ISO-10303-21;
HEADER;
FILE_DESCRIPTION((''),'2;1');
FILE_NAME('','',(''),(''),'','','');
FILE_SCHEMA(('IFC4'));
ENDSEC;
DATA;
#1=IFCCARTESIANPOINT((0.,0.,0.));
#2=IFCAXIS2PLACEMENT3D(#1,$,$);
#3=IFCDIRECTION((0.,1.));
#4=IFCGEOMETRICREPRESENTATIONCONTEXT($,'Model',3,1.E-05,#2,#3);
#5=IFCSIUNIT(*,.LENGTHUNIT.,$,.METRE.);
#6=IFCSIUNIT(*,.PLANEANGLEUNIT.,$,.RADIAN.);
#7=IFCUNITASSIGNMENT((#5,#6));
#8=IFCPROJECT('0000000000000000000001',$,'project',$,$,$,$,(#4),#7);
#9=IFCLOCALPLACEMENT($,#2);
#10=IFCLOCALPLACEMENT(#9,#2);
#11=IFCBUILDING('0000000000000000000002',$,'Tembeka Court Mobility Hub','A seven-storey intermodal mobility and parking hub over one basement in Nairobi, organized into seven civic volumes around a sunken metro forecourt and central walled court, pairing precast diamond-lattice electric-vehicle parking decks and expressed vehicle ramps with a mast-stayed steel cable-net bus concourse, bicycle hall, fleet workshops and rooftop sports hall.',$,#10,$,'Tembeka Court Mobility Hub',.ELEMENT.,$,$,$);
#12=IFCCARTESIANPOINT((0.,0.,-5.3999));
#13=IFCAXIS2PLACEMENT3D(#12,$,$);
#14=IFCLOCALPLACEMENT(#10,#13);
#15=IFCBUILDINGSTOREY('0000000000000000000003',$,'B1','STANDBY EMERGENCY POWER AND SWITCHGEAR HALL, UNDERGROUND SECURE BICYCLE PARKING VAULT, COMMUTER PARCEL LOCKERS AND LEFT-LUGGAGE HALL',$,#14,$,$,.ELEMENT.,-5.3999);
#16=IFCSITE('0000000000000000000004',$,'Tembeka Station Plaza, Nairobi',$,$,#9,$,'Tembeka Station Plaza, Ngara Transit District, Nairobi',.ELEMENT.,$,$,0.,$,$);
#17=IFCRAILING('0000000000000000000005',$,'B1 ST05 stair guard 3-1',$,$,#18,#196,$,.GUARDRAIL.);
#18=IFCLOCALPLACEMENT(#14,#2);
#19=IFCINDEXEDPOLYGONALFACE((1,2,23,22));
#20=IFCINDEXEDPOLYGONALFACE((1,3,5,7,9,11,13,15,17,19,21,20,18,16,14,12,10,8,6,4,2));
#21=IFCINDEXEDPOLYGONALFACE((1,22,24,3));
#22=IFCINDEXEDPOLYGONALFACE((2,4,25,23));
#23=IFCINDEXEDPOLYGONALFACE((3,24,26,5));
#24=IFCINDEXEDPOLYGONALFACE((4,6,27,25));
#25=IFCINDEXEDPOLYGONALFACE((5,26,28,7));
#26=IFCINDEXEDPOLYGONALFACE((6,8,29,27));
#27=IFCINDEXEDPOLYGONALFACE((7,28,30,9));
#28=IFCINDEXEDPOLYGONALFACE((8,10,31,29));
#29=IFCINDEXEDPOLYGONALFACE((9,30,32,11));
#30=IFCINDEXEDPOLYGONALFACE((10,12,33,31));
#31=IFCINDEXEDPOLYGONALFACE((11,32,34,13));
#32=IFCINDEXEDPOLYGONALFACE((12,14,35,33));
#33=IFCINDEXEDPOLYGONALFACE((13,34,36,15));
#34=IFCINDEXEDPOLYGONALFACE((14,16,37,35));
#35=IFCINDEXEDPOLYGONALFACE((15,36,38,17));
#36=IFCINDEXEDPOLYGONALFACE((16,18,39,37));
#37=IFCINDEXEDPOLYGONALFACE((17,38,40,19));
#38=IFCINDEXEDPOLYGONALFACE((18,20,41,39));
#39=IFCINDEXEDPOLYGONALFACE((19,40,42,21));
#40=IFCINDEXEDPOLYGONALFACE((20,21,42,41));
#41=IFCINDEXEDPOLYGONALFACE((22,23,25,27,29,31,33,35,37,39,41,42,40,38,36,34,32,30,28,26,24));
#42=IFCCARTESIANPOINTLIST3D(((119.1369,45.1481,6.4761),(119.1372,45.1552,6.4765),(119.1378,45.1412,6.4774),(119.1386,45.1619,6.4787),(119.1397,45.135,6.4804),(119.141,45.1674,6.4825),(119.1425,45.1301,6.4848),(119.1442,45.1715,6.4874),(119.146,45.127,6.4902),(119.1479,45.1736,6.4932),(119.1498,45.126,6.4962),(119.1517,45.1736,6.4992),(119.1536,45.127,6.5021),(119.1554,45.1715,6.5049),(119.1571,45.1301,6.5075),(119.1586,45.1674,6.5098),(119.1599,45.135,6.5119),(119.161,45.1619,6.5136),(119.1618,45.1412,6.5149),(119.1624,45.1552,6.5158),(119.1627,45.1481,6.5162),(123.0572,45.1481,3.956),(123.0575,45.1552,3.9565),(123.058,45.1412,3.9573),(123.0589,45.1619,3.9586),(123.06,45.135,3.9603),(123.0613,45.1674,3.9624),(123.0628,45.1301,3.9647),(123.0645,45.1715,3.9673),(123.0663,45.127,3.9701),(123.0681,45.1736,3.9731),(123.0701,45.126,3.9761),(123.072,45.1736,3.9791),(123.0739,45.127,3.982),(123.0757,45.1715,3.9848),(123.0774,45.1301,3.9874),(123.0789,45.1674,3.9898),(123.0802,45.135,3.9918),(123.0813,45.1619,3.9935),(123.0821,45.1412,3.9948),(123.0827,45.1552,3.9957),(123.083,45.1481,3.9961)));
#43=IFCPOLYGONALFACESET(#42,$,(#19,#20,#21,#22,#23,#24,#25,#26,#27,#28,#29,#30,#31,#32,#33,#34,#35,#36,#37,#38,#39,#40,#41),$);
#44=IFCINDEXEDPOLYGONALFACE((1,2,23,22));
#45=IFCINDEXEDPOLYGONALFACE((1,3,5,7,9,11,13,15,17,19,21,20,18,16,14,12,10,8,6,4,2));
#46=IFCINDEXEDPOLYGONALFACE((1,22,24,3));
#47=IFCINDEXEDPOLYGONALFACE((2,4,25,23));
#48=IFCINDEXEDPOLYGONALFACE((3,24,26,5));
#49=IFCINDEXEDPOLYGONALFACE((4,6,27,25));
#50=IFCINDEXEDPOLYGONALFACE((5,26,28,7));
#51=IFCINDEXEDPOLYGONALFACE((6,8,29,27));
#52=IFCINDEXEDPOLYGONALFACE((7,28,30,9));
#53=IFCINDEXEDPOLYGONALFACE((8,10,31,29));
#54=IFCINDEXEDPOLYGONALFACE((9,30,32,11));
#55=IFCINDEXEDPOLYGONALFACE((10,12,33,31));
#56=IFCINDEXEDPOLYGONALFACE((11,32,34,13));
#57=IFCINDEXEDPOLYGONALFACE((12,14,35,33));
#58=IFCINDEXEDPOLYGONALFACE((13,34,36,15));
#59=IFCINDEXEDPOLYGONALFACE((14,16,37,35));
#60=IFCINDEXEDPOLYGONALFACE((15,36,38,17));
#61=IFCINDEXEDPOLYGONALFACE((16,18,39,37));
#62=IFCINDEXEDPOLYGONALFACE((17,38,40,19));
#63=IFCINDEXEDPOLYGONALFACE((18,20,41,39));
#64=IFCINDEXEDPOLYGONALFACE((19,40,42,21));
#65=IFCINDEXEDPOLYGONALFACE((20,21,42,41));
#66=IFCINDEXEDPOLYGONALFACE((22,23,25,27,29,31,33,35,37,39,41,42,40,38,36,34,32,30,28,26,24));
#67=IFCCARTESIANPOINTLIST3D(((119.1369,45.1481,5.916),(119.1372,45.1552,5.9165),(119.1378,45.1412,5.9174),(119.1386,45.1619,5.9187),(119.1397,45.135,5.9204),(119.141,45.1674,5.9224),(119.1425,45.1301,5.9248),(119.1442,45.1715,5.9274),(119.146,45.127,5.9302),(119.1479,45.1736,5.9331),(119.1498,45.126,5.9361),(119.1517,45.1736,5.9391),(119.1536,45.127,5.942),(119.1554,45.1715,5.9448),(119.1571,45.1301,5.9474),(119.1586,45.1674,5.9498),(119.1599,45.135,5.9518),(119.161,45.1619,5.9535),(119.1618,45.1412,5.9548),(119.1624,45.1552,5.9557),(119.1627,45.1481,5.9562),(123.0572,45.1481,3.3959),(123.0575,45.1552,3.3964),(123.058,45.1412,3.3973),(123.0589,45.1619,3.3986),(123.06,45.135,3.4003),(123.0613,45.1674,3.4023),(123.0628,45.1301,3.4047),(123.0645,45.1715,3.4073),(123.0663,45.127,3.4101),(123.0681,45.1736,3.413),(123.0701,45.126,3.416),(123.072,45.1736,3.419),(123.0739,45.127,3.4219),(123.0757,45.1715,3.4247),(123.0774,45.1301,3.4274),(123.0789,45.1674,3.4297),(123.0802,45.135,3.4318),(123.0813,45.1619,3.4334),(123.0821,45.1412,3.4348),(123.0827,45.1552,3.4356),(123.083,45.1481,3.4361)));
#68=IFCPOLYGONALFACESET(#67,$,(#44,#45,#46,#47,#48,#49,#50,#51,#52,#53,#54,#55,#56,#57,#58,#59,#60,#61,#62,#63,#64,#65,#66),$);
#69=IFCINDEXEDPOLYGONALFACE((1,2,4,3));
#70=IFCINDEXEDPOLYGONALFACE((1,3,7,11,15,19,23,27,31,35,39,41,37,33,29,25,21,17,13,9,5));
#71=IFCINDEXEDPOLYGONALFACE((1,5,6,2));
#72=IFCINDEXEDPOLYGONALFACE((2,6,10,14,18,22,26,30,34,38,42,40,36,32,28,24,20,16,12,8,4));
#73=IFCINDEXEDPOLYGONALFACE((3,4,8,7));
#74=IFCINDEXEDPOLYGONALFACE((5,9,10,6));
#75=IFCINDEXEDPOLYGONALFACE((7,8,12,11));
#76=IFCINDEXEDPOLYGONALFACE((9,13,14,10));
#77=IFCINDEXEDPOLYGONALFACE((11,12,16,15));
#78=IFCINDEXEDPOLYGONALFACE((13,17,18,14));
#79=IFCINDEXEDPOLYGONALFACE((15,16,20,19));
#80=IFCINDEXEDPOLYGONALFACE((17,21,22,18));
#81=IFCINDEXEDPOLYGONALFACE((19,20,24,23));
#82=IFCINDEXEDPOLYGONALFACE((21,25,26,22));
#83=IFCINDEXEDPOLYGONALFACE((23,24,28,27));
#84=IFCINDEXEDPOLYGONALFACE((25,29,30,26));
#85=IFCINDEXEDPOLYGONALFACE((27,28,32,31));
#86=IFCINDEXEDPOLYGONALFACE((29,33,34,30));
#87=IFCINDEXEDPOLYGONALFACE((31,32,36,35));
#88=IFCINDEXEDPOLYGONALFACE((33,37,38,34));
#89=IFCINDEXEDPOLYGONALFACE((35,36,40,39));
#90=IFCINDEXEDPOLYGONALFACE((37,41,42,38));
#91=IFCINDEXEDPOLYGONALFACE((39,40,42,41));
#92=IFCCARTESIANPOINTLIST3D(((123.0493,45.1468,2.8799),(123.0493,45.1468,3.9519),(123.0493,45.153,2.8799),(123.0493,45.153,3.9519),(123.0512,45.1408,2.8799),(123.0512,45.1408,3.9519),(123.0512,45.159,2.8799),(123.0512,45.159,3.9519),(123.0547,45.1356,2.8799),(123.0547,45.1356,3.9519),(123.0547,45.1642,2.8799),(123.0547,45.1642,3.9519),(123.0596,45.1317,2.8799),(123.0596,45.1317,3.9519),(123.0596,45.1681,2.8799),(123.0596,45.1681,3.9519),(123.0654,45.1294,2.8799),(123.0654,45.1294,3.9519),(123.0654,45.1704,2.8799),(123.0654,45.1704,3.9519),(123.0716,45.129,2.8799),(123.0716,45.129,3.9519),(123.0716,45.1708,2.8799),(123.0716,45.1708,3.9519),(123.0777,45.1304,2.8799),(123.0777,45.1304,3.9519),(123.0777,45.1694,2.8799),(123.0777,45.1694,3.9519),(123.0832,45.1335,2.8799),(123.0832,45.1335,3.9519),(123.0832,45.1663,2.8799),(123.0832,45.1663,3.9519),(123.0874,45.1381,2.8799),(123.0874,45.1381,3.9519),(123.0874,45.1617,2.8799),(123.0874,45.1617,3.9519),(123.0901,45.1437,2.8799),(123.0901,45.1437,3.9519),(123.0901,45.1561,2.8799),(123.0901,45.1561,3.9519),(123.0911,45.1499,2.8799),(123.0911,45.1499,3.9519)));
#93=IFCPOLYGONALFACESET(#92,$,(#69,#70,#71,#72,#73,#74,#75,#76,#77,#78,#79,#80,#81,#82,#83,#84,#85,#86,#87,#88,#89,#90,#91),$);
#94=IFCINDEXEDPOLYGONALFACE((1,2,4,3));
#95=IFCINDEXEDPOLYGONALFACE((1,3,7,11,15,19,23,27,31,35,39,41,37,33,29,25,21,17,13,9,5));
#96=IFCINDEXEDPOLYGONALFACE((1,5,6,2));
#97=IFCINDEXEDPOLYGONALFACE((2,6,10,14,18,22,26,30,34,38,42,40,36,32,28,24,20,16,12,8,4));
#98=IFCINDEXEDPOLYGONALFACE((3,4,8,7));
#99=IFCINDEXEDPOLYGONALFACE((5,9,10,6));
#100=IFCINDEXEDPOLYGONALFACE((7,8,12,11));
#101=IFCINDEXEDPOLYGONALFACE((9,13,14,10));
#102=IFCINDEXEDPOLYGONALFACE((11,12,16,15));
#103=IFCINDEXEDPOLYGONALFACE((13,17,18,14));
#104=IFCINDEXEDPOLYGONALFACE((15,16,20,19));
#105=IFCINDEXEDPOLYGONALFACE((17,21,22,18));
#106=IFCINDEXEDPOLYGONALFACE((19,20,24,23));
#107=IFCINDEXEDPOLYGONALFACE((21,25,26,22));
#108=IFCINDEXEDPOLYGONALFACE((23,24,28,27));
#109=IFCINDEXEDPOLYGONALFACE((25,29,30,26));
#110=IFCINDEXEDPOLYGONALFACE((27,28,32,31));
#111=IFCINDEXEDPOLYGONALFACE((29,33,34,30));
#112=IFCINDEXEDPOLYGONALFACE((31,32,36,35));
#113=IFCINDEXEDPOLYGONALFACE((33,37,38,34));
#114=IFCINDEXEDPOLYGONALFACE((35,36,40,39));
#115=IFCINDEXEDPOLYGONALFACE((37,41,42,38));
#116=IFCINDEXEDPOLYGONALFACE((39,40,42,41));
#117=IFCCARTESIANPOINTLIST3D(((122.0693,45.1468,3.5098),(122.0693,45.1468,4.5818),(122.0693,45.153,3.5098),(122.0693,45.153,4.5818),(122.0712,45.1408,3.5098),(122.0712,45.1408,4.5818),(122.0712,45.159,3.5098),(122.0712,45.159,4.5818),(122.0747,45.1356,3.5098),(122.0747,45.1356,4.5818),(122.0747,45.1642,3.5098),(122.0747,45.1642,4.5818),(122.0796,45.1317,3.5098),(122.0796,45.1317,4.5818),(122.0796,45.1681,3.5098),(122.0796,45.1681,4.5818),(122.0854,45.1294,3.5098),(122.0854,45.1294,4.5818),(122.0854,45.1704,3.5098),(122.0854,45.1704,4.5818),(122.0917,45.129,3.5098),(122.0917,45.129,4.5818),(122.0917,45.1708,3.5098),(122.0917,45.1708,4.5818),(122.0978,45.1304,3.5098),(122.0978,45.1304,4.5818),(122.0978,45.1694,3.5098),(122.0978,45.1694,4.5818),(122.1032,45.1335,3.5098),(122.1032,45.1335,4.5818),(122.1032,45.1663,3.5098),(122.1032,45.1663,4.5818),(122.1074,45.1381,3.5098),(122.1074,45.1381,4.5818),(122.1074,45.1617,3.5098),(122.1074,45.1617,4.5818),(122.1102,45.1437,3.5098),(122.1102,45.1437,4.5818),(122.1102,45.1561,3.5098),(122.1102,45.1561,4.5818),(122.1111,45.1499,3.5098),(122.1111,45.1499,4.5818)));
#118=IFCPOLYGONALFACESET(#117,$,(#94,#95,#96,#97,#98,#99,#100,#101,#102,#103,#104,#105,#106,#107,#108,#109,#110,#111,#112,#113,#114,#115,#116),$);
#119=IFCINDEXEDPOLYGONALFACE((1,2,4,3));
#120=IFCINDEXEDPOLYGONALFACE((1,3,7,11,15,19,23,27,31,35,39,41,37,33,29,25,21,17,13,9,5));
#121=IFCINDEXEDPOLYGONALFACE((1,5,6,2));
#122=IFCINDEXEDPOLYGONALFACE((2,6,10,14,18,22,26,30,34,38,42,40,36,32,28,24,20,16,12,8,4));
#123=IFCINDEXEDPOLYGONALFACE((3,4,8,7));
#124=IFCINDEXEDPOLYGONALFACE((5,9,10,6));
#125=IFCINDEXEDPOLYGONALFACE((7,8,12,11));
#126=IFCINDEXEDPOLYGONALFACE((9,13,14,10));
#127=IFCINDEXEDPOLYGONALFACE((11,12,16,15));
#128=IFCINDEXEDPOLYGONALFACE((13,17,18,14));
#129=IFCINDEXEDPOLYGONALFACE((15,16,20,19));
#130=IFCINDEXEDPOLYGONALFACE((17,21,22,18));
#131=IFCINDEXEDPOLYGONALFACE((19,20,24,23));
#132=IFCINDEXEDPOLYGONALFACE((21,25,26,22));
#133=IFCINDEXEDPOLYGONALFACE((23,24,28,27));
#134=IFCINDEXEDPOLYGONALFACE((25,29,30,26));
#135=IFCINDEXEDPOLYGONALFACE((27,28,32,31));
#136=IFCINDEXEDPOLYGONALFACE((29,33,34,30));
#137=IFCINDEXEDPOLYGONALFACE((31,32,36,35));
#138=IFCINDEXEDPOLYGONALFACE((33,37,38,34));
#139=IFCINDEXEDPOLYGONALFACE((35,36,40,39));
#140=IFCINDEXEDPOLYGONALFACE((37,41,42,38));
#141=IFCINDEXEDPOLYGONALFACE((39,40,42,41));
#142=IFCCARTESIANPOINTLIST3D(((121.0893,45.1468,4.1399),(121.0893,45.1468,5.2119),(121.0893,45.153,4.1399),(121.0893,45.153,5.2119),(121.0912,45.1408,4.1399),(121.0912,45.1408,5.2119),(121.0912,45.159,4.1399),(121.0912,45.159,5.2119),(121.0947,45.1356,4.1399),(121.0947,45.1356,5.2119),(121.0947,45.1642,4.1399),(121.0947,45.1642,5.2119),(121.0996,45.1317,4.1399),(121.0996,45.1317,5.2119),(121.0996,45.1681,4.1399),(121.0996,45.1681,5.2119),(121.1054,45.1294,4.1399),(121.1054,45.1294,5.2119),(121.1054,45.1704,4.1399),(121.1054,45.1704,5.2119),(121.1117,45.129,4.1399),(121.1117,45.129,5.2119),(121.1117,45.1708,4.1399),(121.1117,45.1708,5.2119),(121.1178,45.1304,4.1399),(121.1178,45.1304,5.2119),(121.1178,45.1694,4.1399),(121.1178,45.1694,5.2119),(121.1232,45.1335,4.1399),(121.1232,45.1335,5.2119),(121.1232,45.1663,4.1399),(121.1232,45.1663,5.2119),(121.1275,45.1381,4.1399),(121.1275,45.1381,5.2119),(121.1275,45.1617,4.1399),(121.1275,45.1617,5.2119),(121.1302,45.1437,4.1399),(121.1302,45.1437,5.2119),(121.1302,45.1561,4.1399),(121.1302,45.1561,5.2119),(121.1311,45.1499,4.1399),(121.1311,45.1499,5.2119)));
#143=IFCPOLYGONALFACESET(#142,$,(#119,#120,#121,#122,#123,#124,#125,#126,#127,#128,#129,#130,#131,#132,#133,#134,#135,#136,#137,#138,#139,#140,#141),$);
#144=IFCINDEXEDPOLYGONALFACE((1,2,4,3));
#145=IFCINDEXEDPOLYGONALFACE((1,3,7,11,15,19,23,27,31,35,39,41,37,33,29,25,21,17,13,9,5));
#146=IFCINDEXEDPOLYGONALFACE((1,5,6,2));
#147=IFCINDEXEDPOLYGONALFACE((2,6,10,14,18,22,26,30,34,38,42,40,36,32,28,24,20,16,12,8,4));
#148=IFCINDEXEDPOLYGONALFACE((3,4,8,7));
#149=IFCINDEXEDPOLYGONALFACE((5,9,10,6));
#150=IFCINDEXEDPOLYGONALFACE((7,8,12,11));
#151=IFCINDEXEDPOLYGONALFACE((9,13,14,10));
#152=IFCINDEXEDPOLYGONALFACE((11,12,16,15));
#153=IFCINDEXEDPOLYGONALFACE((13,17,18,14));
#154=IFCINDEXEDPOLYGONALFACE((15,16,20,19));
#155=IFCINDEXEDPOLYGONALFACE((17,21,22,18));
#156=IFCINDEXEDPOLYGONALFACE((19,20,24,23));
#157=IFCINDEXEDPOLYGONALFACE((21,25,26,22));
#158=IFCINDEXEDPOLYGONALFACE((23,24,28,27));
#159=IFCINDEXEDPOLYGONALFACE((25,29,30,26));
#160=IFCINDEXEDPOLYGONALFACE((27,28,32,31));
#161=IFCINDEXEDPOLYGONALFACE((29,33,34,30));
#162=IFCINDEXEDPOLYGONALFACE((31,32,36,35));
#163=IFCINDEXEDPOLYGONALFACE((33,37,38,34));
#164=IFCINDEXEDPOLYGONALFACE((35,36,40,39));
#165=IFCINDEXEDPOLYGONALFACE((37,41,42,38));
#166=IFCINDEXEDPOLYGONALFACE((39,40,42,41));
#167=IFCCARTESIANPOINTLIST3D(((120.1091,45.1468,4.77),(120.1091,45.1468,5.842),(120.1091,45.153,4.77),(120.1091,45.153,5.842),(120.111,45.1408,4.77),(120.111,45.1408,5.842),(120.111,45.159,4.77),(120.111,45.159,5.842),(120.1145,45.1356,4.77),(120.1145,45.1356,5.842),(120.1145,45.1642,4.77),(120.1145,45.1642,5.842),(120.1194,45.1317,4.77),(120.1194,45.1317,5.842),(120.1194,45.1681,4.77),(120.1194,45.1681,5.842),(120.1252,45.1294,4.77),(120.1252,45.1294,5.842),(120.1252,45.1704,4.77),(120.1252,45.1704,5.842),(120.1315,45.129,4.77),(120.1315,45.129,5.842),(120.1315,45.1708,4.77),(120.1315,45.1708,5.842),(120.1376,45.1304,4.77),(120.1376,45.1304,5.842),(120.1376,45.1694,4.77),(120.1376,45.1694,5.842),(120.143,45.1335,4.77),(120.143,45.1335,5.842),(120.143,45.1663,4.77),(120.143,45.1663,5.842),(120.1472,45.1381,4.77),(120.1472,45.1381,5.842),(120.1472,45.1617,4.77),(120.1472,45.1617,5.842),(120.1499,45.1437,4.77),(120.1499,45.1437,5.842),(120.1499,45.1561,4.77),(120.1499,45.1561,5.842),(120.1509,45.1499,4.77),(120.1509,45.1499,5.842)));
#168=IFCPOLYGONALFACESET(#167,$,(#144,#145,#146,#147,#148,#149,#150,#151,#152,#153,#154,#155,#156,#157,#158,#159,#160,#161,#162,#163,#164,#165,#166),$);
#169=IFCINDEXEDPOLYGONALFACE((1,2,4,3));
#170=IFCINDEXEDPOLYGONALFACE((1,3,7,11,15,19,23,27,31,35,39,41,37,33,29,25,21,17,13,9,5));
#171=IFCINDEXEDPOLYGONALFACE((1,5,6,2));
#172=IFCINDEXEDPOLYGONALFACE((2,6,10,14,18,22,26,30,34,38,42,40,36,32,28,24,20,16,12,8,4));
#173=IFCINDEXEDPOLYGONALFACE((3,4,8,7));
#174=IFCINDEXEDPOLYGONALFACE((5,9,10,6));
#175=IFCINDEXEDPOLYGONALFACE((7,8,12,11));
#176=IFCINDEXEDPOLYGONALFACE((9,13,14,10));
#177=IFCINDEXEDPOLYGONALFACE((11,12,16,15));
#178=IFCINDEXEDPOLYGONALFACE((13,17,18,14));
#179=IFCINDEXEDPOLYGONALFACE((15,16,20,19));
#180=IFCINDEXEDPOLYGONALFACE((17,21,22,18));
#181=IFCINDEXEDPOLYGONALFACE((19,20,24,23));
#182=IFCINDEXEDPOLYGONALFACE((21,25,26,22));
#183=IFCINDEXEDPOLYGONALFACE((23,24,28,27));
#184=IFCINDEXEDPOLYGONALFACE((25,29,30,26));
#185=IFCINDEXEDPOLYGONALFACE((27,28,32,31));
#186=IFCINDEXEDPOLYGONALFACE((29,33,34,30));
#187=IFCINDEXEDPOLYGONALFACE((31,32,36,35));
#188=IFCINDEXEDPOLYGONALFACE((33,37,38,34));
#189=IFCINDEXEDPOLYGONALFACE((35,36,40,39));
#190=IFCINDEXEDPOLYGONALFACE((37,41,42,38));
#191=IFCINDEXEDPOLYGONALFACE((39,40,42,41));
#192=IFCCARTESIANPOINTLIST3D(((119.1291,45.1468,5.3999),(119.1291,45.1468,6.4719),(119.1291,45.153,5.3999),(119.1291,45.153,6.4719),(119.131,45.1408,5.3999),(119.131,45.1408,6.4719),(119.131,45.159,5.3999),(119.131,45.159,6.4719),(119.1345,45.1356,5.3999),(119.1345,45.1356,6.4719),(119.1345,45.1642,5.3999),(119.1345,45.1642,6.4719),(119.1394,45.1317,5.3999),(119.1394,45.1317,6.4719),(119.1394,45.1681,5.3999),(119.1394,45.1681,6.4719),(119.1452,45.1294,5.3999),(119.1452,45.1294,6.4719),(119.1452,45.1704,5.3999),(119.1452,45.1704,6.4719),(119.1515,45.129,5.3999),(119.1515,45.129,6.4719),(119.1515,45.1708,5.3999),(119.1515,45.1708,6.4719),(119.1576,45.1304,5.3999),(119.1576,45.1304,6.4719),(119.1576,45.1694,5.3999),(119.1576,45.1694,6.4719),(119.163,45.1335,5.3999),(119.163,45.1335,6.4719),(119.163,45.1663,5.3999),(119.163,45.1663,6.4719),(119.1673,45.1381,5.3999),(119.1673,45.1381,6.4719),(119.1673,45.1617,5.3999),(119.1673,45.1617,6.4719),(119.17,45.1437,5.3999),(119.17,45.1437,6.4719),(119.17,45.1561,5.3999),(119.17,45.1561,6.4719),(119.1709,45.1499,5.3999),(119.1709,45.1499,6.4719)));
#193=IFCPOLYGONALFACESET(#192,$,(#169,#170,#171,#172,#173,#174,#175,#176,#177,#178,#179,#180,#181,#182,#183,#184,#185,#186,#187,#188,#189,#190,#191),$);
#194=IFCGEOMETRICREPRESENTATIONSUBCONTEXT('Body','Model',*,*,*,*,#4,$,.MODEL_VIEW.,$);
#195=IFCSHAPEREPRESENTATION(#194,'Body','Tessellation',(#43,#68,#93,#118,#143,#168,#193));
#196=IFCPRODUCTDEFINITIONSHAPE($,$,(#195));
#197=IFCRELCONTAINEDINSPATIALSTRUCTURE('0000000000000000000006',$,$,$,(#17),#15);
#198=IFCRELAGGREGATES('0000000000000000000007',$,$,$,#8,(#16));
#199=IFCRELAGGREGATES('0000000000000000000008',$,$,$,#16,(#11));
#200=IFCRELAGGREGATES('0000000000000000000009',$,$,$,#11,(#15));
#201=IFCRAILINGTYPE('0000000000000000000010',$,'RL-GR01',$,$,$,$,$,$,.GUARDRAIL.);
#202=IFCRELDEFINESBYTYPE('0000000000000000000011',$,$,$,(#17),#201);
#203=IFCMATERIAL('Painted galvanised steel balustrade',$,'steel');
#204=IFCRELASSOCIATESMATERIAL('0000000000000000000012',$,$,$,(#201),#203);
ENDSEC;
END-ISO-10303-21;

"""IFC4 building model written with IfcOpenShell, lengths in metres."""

from ifc_helpers import new_model, si_unit, direction, frame, origin, origin_2d, place, context, subcontext, project, spatial, circle, extrude, material, type_object, element, save


model = new_model("IFC4")

# Units and contexts
model_context = context("Model", 3, precision=1e-05, world=origin(), true_north=direction((0.0, 1.0)))
body_context = subcontext(model_context, "Body", "Model", "MODEL_VIEW")
ifc_project = project(units=[si_unit("LENGTHUNIT", "METRE"), si_unit("PLANEANGLEUNIT", "RADIAN")], contexts=[model_context])

# Site, building, storey
site_placement = place(None, origin())
site = spatial("IfcSite", under=ifc_project, at=site_placement, Name="Tembeka Station Plaza, Nairobi", LongName="Tembeka Station Plaza, Ngara Transit District, Nairobi", CompositionType="ELEMENT", RefElevation=0.0)
building_placement = place(site_placement, origin())
building = spatial("IfcBuilding", under=site, at=building_placement, Name="Tembeka Court Mobility Hub", Description="A seven-storey intermodal mobility and parking hub over one basement in Nairobi, organized into seven civic volumes around a sunken metro forecourt and central walled court, pairing precast diamond-lattice electric-vehicle parking decks and expressed vehicle ramps with a mast-stayed steel cable-net bus concourse, bicycle hall, fleet workshops and rooftop sports hall.", LongName="Tembeka Court Mobility Hub", CompositionType="ELEMENT")
storey_placement = place(building_placement, frame((0.0, 0.0, -5.3999)))
storey = spatial("IfcBuildingStorey", under=building, at=storey_placement, Name="B1", Description="STANDBY EMERGENCY POWER AND SWITCHGEAR HALL, UNDERGROUND SECURE BICYCLE PARKING VAULT, COMMUTER PARCEL LOCKERS AND LEFT-LUGGAGE HALL", CompositionType="ELEMENT", Elevation=-5.3999)

# Railing
ifc_material_1 = material(Name="Painted galvanised steel balustrade", Category="steel")
railing_type_1 = type_object("IfcRailingType", Name="RL-GR01", PredefinedType="GUARDRAIL", material=ifc_material_1)
railing_1_placement = place(storey_placement, frame((123.0701, 45.1499, 2.8799)))
element("IfcRailing", 1, at=railing_1_placement, inside=storey, type_object=railing_type_1, Name="B1 ST05 stair guard 3-1", PredefinedType="GUARDRAIL", context=body_context, shape_type="SweptSolid", body=[
    extrude(circle(Radius=0.0239, at=origin_2d()), frame((0.0, 0.0, 1.0962), z_axis=(-0.841187, 0.0, 0.540744), x_axis=(0.0, -1.0, 0.0)), (0.0, 0.0, 1.0), 4.6604),
    extrude(circle(Radius=0.0239, at=origin_2d()), frame((0.0, 0.0, 0.5361), z_axis=(-0.841187, 0.0, 0.540744), x_axis=(0.0, -1.0, 0.0)), (0.0, 0.0, 1.0), 4.6604),
    extrude(circle(Radius=0.021, at=origin_2d()), origin(), (0.0, 0.0, 1.0), 1.072),
    extrude(circle(Radius=0.021, at=origin_2d()), frame((-0.98, 0.0, 0.6299)), (0.0, 0.0, 1.0), 1.072),
    extrude(circle(Radius=0.021, at=origin_2d()), frame((-1.96, 0.0, 1.26)), (0.0, 0.0, 1.0), 1.072),
    extrude(circle(Radius=0.021, at=origin_2d()), frame((-2.9402, 0.0, 1.8901)), (0.0, 0.0, 1.0), 1.072),
    extrude(circle(Radius=0.021, at=origin_2d()), frame((-3.9202, 0.0, 2.52)), (0.0, 0.0, 1.0), 1.072),
])

save(model, "model.ifc")
